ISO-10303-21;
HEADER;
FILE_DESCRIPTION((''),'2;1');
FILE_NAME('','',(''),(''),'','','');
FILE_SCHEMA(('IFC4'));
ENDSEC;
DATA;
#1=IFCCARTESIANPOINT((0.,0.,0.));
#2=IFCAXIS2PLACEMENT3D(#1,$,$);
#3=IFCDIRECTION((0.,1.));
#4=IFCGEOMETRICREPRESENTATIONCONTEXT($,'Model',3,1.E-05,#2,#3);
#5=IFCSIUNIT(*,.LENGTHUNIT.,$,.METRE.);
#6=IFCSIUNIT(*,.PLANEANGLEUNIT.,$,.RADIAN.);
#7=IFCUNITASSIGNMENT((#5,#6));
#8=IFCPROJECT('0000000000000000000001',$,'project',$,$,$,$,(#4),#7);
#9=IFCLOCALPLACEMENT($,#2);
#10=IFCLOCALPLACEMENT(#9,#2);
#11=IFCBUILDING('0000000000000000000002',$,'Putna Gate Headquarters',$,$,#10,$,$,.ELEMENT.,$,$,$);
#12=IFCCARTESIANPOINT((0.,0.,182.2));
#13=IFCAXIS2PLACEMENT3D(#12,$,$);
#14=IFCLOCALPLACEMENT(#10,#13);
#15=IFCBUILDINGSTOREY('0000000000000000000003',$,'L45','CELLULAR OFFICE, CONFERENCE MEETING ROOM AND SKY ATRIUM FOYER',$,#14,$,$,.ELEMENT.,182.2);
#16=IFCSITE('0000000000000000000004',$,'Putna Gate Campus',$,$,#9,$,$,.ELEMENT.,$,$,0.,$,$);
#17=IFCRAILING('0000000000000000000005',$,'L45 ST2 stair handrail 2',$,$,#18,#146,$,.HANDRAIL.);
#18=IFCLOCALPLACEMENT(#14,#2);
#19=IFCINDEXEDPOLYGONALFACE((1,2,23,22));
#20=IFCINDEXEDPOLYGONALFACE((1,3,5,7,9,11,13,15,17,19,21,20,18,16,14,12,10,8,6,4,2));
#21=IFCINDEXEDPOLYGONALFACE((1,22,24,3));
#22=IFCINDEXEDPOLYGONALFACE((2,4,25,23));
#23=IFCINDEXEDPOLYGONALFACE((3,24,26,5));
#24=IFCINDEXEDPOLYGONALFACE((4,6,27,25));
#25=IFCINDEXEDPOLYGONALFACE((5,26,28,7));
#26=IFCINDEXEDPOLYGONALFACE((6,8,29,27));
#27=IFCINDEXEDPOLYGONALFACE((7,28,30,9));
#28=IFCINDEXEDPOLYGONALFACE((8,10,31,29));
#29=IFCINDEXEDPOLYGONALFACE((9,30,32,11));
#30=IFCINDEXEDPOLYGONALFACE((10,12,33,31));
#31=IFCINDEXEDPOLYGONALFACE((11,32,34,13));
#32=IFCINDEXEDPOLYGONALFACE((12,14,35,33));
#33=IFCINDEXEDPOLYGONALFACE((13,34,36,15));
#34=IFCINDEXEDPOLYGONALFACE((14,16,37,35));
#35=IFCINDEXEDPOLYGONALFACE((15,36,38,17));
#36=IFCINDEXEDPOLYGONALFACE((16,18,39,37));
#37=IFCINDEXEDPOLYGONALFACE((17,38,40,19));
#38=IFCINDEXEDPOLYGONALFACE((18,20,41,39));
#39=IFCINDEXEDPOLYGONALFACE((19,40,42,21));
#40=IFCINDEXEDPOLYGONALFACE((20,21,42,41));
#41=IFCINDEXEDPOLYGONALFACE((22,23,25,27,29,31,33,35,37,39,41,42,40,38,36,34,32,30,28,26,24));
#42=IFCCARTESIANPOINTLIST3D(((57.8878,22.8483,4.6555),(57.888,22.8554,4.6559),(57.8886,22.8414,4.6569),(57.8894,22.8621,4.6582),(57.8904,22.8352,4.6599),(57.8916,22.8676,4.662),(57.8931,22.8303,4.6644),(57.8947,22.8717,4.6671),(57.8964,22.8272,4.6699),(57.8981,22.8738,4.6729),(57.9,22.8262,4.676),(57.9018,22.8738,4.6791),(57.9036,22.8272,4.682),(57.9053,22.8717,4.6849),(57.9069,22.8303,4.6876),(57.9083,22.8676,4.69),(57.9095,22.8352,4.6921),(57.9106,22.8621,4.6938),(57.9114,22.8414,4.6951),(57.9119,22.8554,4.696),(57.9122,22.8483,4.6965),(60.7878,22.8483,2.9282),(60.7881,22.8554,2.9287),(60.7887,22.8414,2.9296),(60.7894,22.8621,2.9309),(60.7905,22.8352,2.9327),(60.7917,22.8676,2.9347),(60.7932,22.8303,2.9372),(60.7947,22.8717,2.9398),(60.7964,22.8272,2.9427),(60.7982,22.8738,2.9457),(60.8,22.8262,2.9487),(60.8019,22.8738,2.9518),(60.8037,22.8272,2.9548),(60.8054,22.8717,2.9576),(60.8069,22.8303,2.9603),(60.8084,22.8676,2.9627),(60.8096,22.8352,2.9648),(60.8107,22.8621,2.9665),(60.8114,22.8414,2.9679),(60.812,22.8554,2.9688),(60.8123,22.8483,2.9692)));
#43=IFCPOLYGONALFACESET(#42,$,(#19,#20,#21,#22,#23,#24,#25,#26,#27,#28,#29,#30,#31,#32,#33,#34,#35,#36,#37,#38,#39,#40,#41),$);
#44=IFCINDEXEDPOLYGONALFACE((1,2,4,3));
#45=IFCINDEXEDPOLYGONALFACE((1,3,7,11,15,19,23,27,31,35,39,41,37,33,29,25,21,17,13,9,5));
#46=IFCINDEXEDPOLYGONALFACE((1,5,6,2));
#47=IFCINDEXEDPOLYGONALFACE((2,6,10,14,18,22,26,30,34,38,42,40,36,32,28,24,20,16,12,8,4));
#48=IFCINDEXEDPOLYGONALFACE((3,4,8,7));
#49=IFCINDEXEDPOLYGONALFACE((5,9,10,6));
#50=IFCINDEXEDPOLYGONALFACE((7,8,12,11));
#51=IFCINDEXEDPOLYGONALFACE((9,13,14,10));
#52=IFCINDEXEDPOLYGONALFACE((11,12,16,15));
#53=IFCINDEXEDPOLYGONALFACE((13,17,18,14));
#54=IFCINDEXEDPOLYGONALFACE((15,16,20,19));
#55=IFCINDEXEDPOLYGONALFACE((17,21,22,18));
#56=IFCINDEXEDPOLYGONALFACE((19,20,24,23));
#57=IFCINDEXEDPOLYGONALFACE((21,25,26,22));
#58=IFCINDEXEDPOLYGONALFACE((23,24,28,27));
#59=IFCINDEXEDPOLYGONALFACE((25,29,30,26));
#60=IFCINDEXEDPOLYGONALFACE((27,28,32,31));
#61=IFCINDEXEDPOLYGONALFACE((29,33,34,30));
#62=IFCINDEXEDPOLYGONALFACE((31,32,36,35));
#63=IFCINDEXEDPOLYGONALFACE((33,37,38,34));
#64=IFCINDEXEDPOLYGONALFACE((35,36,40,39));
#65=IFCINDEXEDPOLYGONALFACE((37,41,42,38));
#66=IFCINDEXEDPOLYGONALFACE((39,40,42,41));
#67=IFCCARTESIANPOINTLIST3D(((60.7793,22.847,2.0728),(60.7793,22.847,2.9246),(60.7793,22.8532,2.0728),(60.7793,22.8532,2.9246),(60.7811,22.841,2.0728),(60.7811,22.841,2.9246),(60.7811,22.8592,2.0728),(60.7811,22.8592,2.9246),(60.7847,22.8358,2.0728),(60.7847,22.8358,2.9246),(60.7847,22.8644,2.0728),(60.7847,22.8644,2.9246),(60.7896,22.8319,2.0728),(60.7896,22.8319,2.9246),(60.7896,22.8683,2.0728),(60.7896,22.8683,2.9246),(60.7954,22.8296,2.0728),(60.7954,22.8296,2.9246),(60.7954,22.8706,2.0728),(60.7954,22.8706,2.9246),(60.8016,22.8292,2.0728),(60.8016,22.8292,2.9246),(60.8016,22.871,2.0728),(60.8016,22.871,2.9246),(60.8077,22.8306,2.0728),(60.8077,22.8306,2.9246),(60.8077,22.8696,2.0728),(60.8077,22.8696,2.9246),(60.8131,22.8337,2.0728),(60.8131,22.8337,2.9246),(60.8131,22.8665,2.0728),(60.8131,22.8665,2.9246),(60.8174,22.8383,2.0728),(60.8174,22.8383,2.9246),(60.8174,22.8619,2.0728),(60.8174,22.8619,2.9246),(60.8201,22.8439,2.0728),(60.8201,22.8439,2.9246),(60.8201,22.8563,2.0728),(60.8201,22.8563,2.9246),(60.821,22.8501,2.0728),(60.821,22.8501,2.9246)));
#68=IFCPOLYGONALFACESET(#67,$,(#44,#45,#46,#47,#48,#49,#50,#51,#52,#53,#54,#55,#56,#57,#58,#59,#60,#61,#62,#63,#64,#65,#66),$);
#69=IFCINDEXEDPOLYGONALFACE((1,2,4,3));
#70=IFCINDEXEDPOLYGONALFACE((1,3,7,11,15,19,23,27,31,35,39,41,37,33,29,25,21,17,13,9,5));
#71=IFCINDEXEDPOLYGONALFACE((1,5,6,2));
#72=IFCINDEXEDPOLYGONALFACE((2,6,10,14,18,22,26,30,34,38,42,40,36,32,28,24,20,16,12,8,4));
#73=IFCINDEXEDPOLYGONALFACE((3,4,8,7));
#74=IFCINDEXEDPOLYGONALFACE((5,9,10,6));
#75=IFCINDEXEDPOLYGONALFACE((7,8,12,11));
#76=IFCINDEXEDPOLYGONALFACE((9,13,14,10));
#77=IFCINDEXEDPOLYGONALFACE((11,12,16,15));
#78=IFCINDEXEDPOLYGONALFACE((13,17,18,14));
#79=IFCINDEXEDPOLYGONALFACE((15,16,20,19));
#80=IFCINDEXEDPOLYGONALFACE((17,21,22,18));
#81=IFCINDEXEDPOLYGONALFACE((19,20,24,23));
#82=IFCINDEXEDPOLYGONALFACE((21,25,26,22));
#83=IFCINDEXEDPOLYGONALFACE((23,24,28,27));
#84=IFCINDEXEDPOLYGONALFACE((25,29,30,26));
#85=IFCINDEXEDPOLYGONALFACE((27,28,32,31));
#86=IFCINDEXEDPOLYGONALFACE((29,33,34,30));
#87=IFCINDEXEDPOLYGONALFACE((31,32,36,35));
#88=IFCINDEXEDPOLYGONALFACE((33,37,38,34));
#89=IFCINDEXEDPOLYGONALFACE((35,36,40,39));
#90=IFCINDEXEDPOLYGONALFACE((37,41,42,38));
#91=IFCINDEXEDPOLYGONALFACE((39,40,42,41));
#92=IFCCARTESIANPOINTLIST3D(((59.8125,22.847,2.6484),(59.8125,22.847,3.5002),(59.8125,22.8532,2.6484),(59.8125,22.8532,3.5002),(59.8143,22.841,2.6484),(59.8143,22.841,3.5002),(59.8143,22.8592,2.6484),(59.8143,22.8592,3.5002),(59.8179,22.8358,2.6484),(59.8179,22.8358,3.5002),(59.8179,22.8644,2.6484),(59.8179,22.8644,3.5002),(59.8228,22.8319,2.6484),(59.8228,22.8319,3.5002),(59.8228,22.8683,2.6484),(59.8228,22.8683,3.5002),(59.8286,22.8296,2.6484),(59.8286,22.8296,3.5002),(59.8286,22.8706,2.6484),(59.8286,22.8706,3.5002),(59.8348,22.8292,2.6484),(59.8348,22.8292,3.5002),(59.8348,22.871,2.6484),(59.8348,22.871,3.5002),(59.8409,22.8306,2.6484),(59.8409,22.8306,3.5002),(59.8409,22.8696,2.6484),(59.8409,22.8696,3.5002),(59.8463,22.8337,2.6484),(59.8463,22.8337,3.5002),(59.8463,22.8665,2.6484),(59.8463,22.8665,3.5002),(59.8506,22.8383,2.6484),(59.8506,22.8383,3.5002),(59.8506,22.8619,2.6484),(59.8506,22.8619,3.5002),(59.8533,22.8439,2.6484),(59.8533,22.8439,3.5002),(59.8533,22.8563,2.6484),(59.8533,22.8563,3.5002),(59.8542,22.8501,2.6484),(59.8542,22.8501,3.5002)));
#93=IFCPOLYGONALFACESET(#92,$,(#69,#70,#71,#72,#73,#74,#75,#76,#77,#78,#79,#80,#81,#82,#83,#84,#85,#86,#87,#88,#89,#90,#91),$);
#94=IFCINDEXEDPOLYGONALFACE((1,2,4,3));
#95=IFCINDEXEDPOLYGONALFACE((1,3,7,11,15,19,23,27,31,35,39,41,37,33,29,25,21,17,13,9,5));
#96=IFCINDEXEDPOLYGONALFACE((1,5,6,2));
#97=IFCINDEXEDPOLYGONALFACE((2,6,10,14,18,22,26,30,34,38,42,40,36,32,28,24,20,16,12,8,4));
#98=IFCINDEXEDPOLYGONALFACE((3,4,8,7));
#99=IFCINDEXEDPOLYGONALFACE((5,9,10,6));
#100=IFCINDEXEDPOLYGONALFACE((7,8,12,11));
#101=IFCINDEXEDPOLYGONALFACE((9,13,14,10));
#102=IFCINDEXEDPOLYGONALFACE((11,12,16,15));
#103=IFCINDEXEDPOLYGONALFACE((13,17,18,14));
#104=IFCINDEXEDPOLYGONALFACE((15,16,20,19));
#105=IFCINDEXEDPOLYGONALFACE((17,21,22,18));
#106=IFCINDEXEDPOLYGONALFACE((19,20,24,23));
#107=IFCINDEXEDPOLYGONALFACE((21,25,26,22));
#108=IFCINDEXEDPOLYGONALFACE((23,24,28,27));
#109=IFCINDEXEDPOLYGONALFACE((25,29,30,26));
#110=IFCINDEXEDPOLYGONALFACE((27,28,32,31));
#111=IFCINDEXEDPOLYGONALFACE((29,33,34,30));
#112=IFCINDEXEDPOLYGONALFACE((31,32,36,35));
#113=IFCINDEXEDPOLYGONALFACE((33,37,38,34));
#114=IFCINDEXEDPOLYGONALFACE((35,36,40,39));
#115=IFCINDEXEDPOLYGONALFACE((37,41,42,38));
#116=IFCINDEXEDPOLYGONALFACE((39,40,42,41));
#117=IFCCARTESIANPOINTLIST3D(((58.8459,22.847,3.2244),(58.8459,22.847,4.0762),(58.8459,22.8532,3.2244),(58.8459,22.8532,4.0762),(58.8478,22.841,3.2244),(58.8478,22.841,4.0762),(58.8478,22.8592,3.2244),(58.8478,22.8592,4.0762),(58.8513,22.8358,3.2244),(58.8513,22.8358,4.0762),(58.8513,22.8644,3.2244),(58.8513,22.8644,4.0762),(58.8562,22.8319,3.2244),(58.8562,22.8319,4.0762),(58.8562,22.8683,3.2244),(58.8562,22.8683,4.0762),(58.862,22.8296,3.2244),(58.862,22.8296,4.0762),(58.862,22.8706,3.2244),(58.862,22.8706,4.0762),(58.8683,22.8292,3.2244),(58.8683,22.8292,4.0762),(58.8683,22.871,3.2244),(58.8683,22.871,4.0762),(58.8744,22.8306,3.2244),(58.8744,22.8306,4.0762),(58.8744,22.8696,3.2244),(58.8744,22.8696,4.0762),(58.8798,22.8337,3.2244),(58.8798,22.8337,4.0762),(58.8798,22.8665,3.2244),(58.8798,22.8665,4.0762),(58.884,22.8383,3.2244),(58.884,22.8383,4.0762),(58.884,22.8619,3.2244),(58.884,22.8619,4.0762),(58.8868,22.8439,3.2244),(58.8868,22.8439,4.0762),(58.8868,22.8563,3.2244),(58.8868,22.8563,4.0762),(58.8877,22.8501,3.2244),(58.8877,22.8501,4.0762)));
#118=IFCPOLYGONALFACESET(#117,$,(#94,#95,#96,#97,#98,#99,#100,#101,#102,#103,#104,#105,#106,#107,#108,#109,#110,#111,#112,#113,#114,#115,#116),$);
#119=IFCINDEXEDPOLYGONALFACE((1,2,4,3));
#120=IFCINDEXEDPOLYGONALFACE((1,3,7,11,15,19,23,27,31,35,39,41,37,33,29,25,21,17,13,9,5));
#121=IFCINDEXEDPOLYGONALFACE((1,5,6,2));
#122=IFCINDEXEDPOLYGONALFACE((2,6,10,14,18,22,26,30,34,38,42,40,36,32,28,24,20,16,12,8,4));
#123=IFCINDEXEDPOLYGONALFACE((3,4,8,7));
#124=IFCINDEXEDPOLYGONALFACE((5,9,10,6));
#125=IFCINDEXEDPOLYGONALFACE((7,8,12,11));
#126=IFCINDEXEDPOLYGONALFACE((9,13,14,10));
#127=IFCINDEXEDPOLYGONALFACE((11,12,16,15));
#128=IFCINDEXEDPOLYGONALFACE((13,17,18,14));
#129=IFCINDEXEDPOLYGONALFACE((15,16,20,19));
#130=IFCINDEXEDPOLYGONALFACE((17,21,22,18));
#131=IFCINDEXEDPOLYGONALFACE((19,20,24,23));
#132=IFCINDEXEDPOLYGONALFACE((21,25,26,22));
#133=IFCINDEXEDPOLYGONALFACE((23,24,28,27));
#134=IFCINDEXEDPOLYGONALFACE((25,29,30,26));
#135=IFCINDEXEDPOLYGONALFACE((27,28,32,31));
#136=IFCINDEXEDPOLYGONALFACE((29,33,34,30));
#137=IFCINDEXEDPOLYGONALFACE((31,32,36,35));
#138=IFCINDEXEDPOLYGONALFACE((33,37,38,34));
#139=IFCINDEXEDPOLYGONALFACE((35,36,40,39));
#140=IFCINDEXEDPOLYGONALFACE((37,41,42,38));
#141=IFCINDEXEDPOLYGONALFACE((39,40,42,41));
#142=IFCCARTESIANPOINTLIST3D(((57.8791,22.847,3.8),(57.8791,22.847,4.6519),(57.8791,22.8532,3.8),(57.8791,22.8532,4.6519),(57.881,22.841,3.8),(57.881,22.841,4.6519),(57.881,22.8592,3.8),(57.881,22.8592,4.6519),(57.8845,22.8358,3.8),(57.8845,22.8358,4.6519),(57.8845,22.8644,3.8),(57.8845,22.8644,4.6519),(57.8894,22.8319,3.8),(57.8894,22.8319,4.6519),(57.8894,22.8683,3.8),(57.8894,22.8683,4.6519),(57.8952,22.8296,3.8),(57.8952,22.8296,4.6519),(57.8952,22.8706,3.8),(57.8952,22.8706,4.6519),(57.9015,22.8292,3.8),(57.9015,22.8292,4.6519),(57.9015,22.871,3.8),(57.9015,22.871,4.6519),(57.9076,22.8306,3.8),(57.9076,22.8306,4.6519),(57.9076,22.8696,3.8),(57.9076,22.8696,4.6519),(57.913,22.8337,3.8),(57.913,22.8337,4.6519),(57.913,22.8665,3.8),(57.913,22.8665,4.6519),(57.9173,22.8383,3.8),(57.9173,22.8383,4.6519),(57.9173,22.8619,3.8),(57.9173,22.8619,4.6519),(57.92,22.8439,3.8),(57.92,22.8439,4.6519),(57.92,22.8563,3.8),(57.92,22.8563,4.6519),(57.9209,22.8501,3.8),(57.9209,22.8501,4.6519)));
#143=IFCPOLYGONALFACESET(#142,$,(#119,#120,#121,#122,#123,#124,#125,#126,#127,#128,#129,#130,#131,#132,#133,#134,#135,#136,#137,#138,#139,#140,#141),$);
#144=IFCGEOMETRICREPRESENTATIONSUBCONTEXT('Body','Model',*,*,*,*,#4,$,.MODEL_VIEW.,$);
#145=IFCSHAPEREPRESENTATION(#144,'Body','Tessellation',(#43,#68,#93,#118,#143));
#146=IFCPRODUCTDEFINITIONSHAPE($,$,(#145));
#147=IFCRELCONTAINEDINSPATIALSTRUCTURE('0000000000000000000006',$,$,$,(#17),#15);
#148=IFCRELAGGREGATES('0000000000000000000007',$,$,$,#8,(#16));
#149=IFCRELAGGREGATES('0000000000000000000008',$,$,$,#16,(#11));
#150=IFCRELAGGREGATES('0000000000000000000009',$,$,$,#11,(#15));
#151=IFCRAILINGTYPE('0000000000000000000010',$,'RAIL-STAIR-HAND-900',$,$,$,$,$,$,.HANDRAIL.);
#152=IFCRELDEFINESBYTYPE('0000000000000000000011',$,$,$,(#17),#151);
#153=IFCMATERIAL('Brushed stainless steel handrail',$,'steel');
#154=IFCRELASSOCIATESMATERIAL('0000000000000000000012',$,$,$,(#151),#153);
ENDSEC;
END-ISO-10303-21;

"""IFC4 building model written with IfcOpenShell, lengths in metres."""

from ifc_helpers import new_model, si_unit, direction, frame, origin, origin_2d, place, context, subcontext, project, spatial, circle, extrude, material, type_object, element, save


model = new_model("IFC4")

# Units and contexts
model_context = context("Model", 3, precision=1e-05, world=origin(), true_north=direction((0.0, 1.0)))
body_context = subcontext(model_context, "Body", "Model", "MODEL_VIEW")
ifc_project = project(units=[si_unit("LENGTHUNIT", "METRE"), si_unit("PLANEANGLEUNIT", "RADIAN")], contexts=[model_context])

# Site, building, storey
site_placement = place(None, origin())
site = spatial("IfcSite", under=ifc_project, at=site_placement, Name="Putna Gate Campus", CompositionType="ELEMENT", RefElevation=0.0)
building_placement = place(site_placement, origin())
building = spatial("IfcBuilding", under=site, at=building_placement, Name="Putna Gate Headquarters", CompositionType="ELEMENT")
storey_placement = place(building_placement, frame((0.0, 0.0, 182.2)))
storey = spatial("IfcBuildingStorey", under=building, at=storey_placement, Name="L45", Description="CELLULAR OFFICE, CONFERENCE MEETING ROOM AND SKY ATRIUM FOYER", CompositionType="ELEMENT", Elevation=182.2)

# Railing
ifc_material_1 = material(Name="Brushed stainless steel handrail", Category="steel")
railing_type_1 = type_object("IfcRailingType", Name="RAIL-STAIR-HAND-900", PredefinedType="HANDRAIL", material=ifc_material_1)
railing_1_placement = place(storey_placement, frame((60.8, 22.8501, 2.0728)))
element("IfcRailing", 1, at=railing_1_placement, inside=storey, type_object=railing_type_1, Name="L45 ST2 stair handrail 2", PredefinedType="HANDRAIL", context=body_context, shape_type="SweptSolid", body=[
    extrude(circle(Radius=0.0239, at=origin_2d()), frame((0.0, 0.0, 0.876), z_axis=(-0.85916, 0.0, 0.511706), x_axis=(0.0, -1.0, 0.0)), (0.0, 0.0, 1.0), 3.3755),
    extrude(circle(Radius=0.021, at=origin_2d()), origin(), (0.0, 0.0, 1.0), 0.8518),
    extrude(circle(Radius=0.021, at=origin_2d()), frame((-0.9668, 0.0, 0.5757)), (0.0, 0.0, 1.0), 0.8518),
    extrude(circle(Radius=0.021, at=origin_2d()), frame((-1.9333, 0.0, 1.1516)), (0.0, 0.0, 1.0), 0.8518),
    extrude(circle(Radius=0.021, at=origin_2d()), frame((-2.9001, 0.0, 1.7273)), (0.0, 0.0, 1.0), 0.8518),
])

save(model, "model.ifc")
